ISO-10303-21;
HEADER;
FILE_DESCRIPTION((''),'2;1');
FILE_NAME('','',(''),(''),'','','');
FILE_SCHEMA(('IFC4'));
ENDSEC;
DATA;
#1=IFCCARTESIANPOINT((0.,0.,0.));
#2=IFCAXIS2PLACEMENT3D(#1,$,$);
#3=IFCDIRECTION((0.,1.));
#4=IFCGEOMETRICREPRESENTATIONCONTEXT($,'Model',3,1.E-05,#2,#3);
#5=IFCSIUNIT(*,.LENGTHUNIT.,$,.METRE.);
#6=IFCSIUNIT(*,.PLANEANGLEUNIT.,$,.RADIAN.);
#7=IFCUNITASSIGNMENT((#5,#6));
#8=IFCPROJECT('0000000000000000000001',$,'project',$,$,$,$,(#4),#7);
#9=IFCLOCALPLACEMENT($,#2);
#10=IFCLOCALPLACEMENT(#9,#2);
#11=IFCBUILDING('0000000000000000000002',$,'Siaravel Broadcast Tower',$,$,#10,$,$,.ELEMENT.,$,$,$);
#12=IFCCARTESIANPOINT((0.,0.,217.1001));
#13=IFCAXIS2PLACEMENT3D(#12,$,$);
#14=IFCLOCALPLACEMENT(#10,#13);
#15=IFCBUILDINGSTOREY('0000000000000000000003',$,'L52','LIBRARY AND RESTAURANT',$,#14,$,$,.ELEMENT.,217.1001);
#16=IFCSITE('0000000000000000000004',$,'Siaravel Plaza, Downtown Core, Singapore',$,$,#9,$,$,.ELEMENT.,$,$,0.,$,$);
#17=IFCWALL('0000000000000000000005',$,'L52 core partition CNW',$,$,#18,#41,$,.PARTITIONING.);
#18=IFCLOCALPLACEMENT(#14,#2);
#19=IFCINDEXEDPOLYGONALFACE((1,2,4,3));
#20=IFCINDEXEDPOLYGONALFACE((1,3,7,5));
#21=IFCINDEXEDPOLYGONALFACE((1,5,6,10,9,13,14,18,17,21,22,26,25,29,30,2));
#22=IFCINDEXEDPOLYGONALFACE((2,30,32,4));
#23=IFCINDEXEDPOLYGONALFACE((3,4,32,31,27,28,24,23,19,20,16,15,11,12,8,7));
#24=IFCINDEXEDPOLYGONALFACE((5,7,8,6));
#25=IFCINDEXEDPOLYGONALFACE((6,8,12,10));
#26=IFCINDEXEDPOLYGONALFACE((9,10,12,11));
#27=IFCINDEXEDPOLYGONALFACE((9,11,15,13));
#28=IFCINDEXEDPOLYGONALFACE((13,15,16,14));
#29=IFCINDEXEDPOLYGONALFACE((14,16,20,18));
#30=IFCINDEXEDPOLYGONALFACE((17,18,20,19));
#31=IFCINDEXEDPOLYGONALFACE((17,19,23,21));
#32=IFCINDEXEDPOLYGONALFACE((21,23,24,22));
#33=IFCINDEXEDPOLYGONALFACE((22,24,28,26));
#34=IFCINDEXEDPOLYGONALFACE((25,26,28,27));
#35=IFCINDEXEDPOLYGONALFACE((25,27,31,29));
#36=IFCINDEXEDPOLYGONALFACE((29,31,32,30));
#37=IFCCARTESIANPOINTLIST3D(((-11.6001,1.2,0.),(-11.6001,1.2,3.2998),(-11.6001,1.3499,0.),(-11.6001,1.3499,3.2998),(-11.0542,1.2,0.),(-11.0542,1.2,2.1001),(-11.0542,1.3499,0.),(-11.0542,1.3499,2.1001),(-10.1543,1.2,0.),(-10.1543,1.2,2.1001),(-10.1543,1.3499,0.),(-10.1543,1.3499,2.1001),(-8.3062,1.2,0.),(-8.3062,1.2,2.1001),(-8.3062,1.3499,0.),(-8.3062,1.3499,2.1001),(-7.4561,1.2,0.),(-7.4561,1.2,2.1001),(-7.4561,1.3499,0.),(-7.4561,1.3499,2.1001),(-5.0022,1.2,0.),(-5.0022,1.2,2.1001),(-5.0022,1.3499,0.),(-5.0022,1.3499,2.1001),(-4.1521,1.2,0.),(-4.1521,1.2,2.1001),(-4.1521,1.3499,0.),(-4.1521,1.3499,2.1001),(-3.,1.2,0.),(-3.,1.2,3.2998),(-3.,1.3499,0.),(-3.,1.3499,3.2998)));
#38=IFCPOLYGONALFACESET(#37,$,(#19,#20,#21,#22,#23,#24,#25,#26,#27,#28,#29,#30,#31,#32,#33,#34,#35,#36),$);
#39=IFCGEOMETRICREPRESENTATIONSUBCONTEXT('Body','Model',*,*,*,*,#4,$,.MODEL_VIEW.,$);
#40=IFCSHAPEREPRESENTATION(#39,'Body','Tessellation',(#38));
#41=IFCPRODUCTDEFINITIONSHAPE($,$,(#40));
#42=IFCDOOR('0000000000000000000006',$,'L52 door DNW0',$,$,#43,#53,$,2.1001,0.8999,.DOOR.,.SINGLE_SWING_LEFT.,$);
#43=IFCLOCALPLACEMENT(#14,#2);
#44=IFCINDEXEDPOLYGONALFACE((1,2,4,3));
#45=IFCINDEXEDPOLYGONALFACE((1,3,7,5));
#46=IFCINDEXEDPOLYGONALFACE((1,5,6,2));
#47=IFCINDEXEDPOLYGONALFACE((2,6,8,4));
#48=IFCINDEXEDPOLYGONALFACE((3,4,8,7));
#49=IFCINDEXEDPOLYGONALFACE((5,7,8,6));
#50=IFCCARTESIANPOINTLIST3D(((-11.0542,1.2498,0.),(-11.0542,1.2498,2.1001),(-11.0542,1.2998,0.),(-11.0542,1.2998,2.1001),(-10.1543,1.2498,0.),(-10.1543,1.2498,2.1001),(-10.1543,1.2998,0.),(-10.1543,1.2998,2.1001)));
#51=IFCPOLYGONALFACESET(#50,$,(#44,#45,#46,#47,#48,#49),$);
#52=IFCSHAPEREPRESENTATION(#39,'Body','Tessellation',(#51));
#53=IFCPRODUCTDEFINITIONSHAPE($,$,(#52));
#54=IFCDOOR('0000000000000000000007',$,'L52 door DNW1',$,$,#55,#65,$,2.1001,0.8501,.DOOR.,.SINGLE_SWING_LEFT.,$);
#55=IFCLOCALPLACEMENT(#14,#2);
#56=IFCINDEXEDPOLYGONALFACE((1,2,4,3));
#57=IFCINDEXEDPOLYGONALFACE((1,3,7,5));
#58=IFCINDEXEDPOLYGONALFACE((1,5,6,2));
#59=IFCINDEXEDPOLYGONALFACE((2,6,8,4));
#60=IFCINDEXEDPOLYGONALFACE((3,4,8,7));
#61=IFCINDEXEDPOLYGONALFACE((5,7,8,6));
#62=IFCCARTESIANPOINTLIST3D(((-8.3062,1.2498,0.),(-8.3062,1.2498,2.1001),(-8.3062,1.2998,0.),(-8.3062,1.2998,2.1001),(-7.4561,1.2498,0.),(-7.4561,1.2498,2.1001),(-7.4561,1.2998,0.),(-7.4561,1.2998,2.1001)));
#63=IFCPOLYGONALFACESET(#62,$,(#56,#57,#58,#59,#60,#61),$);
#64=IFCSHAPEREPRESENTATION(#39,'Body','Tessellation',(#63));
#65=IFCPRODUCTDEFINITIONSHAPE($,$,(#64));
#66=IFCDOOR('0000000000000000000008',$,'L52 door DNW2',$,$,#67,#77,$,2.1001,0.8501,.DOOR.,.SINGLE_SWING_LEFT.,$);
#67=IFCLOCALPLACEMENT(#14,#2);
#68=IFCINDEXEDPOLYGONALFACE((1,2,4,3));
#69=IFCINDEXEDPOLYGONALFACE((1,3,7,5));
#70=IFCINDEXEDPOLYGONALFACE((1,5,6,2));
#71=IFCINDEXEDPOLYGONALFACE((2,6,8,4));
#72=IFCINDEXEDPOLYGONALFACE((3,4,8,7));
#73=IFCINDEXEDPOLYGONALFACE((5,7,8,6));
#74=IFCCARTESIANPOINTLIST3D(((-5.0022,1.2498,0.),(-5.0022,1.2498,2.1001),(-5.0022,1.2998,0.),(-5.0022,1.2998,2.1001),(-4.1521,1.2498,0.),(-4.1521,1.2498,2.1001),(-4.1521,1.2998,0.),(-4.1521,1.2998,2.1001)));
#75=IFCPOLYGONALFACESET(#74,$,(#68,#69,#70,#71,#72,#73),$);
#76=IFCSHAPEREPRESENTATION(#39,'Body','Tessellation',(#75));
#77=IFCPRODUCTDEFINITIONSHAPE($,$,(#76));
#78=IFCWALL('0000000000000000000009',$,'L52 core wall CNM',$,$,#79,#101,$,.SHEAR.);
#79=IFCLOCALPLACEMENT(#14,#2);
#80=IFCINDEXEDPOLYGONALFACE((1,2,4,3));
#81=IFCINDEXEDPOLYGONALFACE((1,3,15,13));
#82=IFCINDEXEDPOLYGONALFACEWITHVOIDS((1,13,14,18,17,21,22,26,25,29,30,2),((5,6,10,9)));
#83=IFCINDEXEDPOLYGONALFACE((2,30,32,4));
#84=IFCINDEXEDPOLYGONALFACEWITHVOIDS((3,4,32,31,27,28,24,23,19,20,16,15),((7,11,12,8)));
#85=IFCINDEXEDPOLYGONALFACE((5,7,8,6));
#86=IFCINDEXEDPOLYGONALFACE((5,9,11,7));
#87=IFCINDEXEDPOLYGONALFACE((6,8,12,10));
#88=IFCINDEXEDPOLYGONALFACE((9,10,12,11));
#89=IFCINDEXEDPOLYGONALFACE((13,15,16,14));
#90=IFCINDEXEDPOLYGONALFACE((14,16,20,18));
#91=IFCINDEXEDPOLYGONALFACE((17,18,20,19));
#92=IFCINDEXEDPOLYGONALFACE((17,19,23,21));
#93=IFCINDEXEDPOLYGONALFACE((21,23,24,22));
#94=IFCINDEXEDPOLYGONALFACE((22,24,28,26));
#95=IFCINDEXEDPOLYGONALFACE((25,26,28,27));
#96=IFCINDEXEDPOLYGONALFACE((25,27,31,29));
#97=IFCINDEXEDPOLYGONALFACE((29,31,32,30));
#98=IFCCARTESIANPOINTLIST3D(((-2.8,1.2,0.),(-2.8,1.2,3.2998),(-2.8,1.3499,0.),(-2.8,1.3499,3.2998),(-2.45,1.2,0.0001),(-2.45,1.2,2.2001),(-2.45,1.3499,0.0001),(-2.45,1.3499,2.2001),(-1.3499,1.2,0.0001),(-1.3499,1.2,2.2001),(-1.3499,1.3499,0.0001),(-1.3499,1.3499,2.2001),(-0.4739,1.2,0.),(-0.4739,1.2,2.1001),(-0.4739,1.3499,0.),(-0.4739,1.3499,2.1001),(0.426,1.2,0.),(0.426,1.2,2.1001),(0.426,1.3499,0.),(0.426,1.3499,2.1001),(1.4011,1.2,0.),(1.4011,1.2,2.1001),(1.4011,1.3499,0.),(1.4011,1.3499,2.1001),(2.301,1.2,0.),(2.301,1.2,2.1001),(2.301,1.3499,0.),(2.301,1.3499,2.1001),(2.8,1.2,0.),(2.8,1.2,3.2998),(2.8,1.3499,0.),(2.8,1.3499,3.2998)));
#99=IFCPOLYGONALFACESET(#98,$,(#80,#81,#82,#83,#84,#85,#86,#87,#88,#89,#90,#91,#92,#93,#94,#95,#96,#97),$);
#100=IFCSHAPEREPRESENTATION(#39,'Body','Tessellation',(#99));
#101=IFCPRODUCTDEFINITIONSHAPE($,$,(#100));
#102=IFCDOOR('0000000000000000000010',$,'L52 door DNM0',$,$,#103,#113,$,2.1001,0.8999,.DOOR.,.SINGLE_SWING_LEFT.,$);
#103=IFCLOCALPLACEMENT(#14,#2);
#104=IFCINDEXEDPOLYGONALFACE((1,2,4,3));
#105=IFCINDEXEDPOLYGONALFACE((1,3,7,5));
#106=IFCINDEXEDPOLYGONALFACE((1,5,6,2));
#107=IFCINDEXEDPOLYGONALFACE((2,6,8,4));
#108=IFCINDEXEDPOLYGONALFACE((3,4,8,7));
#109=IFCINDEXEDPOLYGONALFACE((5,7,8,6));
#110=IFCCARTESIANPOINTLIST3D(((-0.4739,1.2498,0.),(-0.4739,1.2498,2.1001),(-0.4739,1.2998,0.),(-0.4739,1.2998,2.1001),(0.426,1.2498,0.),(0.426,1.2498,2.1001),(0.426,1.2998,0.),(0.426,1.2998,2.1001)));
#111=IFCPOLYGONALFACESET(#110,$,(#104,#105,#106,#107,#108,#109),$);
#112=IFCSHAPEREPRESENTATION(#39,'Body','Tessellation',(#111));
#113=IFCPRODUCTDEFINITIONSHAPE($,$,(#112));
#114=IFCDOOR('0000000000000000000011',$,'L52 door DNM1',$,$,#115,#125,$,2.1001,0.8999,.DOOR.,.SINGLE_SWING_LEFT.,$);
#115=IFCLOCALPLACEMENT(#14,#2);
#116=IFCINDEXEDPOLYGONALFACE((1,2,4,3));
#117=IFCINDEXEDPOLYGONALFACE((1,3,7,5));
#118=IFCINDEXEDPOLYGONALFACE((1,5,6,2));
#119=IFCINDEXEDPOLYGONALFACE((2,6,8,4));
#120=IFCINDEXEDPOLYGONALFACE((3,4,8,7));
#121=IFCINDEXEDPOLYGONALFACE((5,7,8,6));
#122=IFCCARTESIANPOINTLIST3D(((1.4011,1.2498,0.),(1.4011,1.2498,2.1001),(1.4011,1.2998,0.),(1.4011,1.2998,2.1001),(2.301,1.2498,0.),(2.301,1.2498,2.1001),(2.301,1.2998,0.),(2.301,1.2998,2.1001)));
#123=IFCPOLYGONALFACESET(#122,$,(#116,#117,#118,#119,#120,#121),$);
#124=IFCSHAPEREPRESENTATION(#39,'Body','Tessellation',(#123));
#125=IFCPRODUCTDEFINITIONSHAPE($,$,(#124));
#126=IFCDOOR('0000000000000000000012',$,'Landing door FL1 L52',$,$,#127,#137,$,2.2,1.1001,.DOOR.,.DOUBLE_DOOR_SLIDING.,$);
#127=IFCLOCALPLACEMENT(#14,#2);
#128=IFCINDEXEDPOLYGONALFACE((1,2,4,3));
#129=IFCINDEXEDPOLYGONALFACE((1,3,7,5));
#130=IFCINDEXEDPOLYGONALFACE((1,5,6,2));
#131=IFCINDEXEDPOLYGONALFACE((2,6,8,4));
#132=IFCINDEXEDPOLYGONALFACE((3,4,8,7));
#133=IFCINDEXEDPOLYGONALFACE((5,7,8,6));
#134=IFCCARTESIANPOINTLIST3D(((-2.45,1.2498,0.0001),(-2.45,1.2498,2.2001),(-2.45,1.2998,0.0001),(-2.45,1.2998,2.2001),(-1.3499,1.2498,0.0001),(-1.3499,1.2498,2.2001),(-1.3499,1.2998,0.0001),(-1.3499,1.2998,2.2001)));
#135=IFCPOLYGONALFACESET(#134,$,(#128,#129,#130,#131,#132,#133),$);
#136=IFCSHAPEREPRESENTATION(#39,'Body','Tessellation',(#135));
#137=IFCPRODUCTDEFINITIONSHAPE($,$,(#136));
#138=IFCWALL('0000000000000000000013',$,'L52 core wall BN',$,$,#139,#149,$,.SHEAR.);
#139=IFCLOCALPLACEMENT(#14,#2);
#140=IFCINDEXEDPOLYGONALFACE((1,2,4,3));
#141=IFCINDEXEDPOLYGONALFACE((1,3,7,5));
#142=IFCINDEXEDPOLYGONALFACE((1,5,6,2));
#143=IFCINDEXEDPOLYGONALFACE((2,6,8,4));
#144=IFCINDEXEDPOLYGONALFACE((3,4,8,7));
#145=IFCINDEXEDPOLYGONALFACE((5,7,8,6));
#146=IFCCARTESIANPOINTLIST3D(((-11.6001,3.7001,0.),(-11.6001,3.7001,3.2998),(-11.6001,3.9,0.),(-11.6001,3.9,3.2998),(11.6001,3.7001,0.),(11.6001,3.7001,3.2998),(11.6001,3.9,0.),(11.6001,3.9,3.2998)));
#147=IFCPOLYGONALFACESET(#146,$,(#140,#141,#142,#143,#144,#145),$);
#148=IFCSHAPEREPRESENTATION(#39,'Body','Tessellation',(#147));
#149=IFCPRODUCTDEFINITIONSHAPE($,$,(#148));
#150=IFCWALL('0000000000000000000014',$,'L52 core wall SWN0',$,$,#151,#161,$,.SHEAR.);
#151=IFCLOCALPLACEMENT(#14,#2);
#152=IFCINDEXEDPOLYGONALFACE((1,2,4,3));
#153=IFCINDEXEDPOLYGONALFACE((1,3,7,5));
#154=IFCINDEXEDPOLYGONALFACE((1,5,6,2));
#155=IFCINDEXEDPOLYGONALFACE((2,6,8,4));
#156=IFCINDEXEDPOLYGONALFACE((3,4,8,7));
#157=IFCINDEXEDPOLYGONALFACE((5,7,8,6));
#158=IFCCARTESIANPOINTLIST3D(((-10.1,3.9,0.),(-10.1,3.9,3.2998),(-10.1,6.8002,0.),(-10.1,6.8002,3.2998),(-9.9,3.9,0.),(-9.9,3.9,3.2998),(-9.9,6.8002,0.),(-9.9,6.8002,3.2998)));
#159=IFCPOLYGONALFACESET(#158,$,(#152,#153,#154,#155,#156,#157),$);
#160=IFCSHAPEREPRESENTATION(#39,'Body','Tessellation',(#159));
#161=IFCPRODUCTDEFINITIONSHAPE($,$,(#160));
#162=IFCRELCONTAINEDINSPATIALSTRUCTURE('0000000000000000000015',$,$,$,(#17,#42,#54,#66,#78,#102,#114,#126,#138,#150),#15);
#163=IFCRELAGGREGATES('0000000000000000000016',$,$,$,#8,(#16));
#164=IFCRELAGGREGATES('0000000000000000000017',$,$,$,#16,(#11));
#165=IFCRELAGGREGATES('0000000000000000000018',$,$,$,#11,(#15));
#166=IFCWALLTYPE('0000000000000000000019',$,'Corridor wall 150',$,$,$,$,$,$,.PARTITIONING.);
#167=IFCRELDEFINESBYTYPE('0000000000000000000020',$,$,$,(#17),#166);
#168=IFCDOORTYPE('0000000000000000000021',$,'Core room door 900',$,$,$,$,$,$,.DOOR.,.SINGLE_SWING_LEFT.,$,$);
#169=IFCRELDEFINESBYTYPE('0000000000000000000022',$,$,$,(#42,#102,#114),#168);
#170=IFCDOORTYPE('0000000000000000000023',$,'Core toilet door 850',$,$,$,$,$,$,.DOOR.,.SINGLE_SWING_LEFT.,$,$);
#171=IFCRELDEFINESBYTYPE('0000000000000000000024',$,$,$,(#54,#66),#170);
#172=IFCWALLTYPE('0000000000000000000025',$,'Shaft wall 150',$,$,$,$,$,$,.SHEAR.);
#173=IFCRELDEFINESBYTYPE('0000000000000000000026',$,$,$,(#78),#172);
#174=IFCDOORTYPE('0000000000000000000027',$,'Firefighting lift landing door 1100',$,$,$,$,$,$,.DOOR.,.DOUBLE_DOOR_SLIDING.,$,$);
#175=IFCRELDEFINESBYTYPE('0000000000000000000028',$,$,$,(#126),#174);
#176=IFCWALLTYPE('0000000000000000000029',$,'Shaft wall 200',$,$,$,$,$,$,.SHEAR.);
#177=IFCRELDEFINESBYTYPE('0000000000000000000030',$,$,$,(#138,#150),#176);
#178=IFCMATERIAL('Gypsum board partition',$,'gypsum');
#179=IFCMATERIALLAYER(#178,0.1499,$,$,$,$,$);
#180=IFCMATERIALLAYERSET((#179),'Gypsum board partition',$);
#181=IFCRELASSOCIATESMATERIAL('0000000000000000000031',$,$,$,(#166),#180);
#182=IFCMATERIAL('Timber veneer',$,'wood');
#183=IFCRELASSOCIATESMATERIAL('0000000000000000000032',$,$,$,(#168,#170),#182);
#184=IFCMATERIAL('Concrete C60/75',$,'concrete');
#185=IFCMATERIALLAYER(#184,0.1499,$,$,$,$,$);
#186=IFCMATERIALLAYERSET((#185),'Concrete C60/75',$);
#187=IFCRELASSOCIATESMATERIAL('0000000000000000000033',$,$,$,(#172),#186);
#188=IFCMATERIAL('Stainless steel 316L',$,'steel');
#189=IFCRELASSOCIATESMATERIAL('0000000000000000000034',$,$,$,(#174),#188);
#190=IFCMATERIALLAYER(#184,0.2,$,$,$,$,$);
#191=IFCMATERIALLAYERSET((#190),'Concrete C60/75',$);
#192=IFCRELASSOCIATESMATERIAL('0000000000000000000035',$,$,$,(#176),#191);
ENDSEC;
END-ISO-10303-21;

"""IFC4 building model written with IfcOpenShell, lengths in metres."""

from ifc_helpers import new_model, si_unit, direction, frame, frame_2d, origin, place, context, subcontext, project, spatial, rectangle, extrude, material, layer, layer_set, type_object, element, fill, save


model = new_model("IFC4")

# Units and contexts
model_context = context("Model", 3, precision=1e-05, world=origin(), true_north=direction((0.0, 1.0)))
body_context = subcontext(model_context, "Body", "Model", "MODEL_VIEW")
ifc_project = project(units=[si_unit("LENGTHUNIT", "METRE"), si_unit("PLANEANGLEUNIT", "RADIAN")], contexts=[model_context])

# Site, building, storey
site_placement = place(None, origin())
site = spatial("IfcSite", under=ifc_project, at=site_placement, Name="Siaravel Plaza, Downtown Core, Singapore", CompositionType="ELEMENT", RefElevation=0.0)
building_placement = place(site_placement, origin())
building = spatial("IfcBuilding", under=site, at=building_placement, Name="Siaravel Broadcast Tower", CompositionType="ELEMENT")
storey_placement = place(building_placement, frame((0.0, 0.0, 217.1001)))
storey = spatial("IfcBuildingStorey", under=building, at=storey_placement, Name="L52", Description="LIBRARY AND RESTAURANT", CompositionType="ELEMENT", Elevation=217.1001)

# Walls, openings, doors
ifc_material_1 = material(Name="Gypsum board partition", Category="gypsum")
ifc_layer_1 = layer(ifc_material_1, 0.1499)
ifc_layer_set_1 = layer_set([ifc_layer_1], Name="Gypsum board partition")
wall_type_1 = type_object("IfcWallType", Name="Corridor wall 150", PredefinedType="PARTITIONING", material=ifc_layer_set_1)
wall_1_placement = place(storey_placement, frame((-11.6001, 1.2749, 0.0), z_axis=(0.0, 0.0, 1.0), x_axis=(1.0, 0.0, 0.0)))
wall_1 = element("IfcWall", 1, at=wall_1_placement, inside=storey, type_object=wall_type_1, Name="L52 core partition CNW", PredefinedType="PARTITIONING", context=body_context, shape_type="SweptSolid", body=[
    extrude(rectangle(XDim=8.6001, YDim=0.1499, at=frame_2d((4.3, 0.0))), origin(), (0.0, 0.0, 1.0), 3.2998),
])
opening_1_placement = place(wall_1_placement, frame((0.5459, 0.0, 0.0)))
opening_1 = element("IfcOpeningElement", 2, at=opening_1_placement, cuts=wall_1, PredefinedType="OPENING", context=body_context, shape_type="SweptSolid", body=[
    extrude(rectangle(XDim=0.8999, YDim=2.1001, at=frame_2d((0.45, 1.05))), frame((0.0, 0.085, 0.0), z_axis=(0.0, -1.0, 0.0), x_axis=(1.0, 0.0, 0.0)), (0.0, 0.0, 1.0), 0.1699),
])
opening_2_placement = place(wall_1_placement, frame((3.2939, 0.0, 0.0)))
opening_2 = element("IfcOpeningElement", 3, at=opening_2_placement, cuts=wall_1, PredefinedType="OPENING", context=body_context, shape_type="SweptSolid", body=[
    extrude(rectangle(XDim=0.8501, YDim=2.1001, at=frame_2d((0.425, 1.05))), frame((0.0, 0.085, 0.0), z_axis=(0.0, -1.0, 0.0), x_axis=(1.0, 0.0, 0.0)), (0.0, 0.0, 1.0), 0.1699),
])
opening_3_placement = place(wall_1_placement, frame((6.5979, 0.0, 0.0)))
opening_3 = element("IfcOpeningElement", 4, at=opening_3_placement, cuts=wall_1, PredefinedType="OPENING", context=body_context, shape_type="SweptSolid", body=[
    extrude(rectangle(XDim=0.8501, YDim=2.1001, at=frame_2d((0.425, 1.05))), frame((0.0, 0.085, 0.0), z_axis=(0.0, -1.0, 0.0), x_axis=(1.0, 0.0, 0.0)), (0.0, 0.0, 1.0), 0.1699),
])
ifc_material_2 = material(Name="Timber veneer", Category="wood")
door_type_1 = type_object("IfcDoorType", Name="Core room door 900", OperationType="SINGLE_SWING_LEFT", PredefinedType="DOOR", material=ifc_material_2)
door_1_placement = place(opening_1_placement, origin())
door_1 = element("IfcDoor", 5, at=door_1_placement, inside=storey, type_object=door_type_1, Name="L52 door DNW0", OperationType="SINGLE_SWING_LEFT", OverallHeight=2.1001, OverallWidth=0.8999, PredefinedType="DOOR", context=body_context, shape_type="SweptSolid", body=[
    extrude(rectangle(XDim=0.8999, YDim=2.1001, at=frame_2d((0.45, 1.05))), frame((0.0, 0.0249, 0.0), z_axis=(0.0, -1.0, 0.0), x_axis=(1.0, 0.0, 0.0)), (0.0, 0.0, 1.0), 0.05),
])
fill(opening_1, door_1)
door_type_2 = type_object("IfcDoorType", Name="Core toilet door 850", OperationType="SINGLE_SWING_LEFT", PredefinedType="DOOR", material=ifc_material_2)
door_2_placement = place(opening_2_placement, origin())
door_2 = element("IfcDoor", 6, at=door_2_placement, inside=storey, type_object=door_type_2, Name="L52 door DNW1", OperationType="SINGLE_SWING_LEFT", OverallHeight=2.1001, OverallWidth=0.8501, PredefinedType="DOOR", context=body_context, shape_type="SweptSolid", body=[
    extrude(rectangle(XDim=0.8501, YDim=2.1001, at=frame_2d((0.425, 1.05))), frame((0.0, 0.0249, 0.0), z_axis=(0.0, -1.0, 0.0), x_axis=(1.0, 0.0, 0.0)), (0.0, 0.0, 1.0), 0.05),
])
fill(opening_2, door_2)
door_3_placement = place(opening_3_placement, origin())
door_3 = element("IfcDoor", 7, at=door_3_placement, inside=storey, type_object=door_type_2, Name="L52 door DNW2", OperationType="SINGLE_SWING_LEFT", OverallHeight=2.1001, OverallWidth=0.8501, PredefinedType="DOOR", context=body_context, shape_type="SweptSolid", body=[
    extrude(rectangle(XDim=0.8501, YDim=2.1001, at=frame_2d((0.425, 1.05))), frame((0.0, 0.0249, 0.0), z_axis=(0.0, -1.0, 0.0), x_axis=(1.0, 0.0, 0.0)), (0.0, 0.0, 1.0), 0.05),
])
fill(opening_3, door_3)
ifc_material_3 = material(Name="Concrete C60/75", Category="concrete")
ifc_layer_2 = layer(ifc_material_3, 0.1499)
ifc_layer_set_2 = layer_set([ifc_layer_2], Name="Concrete C60/75")
wall_type_2 = type_object("IfcWallType", Name="Shaft wall 150", PredefinedType="SHEAR", material=ifc_layer_set_2)
wall_2_placement = place(storey_placement, frame((-2.8, 1.2749, 0.0), z_axis=(0.0, 0.0, 1.0), x_axis=(1.0, 0.0, 0.0)))
wall_2 = element("IfcWall", 8, at=wall_2_placement, inside=storey, type_object=wall_type_2, Name="L52 core wall CNM", PredefinedType="SHEAR", context=body_context, shape_type="SweptSolid", body=[
    extrude(rectangle(XDim=5.6001, YDim=0.1499, at=frame_2d((2.8, 0.0))), origin(), (0.0, 0.0, 1.0), 3.2998),
])
opening_4_placement = place(wall_2_placement, frame((0.3501, 0.0, 0.0)))
opening_4 = element("IfcOpeningElement", 9, at=opening_4_placement, cuts=wall_2, PredefinedType="OPENING", context=body_context, shape_type="SweptSolid", body=[
    extrude(rectangle(XDim=1.1001, YDim=2.2, at=frame_2d((0.55, 1.1001))), frame((0.0, 0.085, 0.0), z_axis=(0.0, -1.0, 0.0), x_axis=(1.0, 0.0, 0.0)), (0.0, 0.0, 1.0), 0.1699),
])
opening_5_placement = place(wall_2_placement, frame((2.3262, 0.0, 0.0)))
opening_5 = element("IfcOpeningElement", 10, at=opening_5_placement, cuts=wall_2, PredefinedType="OPENING", context=body_context, shape_type="SweptSolid", body=[
    extrude(rectangle(XDim=0.8999, YDim=2.1001, at=frame_2d((0.45, 1.05))), frame((0.0, 0.085, 0.0), z_axis=(0.0, -1.0, 0.0), x_axis=(1.0, 0.0, 0.0)), (0.0, 0.0, 1.0), 0.1699),
])
opening_6_placement = place(wall_2_placement, frame((4.2012, 0.0, 0.0)))
opening_6 = element("IfcOpeningElement", 11, at=opening_6_placement, cuts=wall_2, PredefinedType="OPENING", context=body_context, shape_type="SweptSolid", body=[
    extrude(rectangle(XDim=0.8999, YDim=2.1001, at=frame_2d((0.45, 1.05))), frame((0.0, 0.085, 0.0), z_axis=(0.0, -1.0, 0.0), x_axis=(1.0, 0.0, 0.0)), (0.0, 0.0, 1.0), 0.1699),
])
door_4_placement = place(opening_5_placement, origin())
door_4 = element("IfcDoor", 12, at=door_4_placement, inside=storey, type_object=door_type_1, Name="L52 door DNM0", OperationType="SINGLE_SWING_LEFT", OverallHeight=2.1001, OverallWidth=0.8999, PredefinedType="DOOR", context=body_context, shape_type="SweptSolid", body=[
    extrude(rectangle(XDim=0.8999, YDim=2.1001, at=frame_2d((0.45, 1.05))), frame((0.0, 0.0249, 0.0), z_axis=(0.0, -1.0, 0.0), x_axis=(1.0, 0.0, 0.0)), (0.0, 0.0, 1.0), 0.05),
])
fill(opening_5, door_4)
door_5_placement = place(opening_6_placement, origin())
door_5 = element("IfcDoor", 13, at=door_5_placement, inside=storey, type_object=door_type_1, Name="L52 door DNM1", OperationType="SINGLE_SWING_LEFT", OverallHeight=2.1001, OverallWidth=0.8999, PredefinedType="DOOR", context=body_context, shape_type="SweptSolid", body=[
    extrude(rectangle(XDim=0.8999, YDim=2.1001, at=frame_2d((0.45, 1.05))), frame((0.0, 0.0249, 0.0), z_axis=(0.0, -1.0, 0.0), x_axis=(1.0, 0.0, 0.0)), (0.0, 0.0, 1.0), 0.05),
])
fill(opening_6, door_5)
ifc_material_4 = material(Name="Stainless steel 316L", Category="steel")
door_type_3 = type_object("IfcDoorType", Name="Firefighting lift landing door 1100", OperationType="DOUBLE_DOOR_SLIDING", PredefinedType="DOOR", material=ifc_material_4)
door_6_placement = place(opening_4_placement, origin())
door_6 = element("IfcDoor", 14, at=door_6_placement, inside=storey, type_object=door_type_3, Name="Landing door FL1 L52", OperationType="DOUBLE_DOOR_SLIDING", OverallHeight=2.2, OverallWidth=1.1001, PredefinedType="DOOR", context=body_context, shape_type="SweptSolid", body=[
    extrude(rectangle(XDim=1.1001, YDim=2.2, at=frame_2d((0.55, 1.1001))), frame((0.0, 0.0249, 0.0), z_axis=(0.0, -1.0, 0.0), x_axis=(1.0, 0.0, 0.0)), (0.0, 0.0, 1.0), 0.05),
])
fill(opening_4, door_6)

# Walls
ifc_layer_3 = layer(ifc_material_3, 0.2)
ifc_layer_set_3 = layer_set([ifc_layer_3], Name="Concrete C60/75")
wall_type_3 = type_object("IfcWallType", Name="Shaft wall 200", PredefinedType="SHEAR", material=ifc_layer_set_3)
wall_3_placement = place(storey_placement, frame((-11.6001, 3.8, 0.0), z_axis=(0.0, 0.0, 1.0), x_axis=(1.0, 0.0, 0.0)))
element("IfcWall", 15, at=wall_3_placement, inside=storey, type_object=wall_type_3, Name="L52 core wall BN", PredefinedType="SHEAR", context=body_context, shape_type="SweptSolid", body=[
    extrude(rectangle(XDim=23.2002, YDim=0.2, at=frame_2d((11.6001, 0.0))), origin(), (0.0, 0.0, 1.0), 3.2998),
])
for number, where, z_axis, x_axis, name in (
    (16, (-10.0, 3.8999, 0.0), (0.0, 0.0, 1.0), (0.0, 1.0, 0.0), "L52 core wall SWN0"),
):
    element("IfcWall", number, at=place(storey_placement, frame(where, z_axis=z_axis, x_axis=x_axis)), inside=storey, type_object=wall_type_3, Name=name, PredefinedType="SHEAR", context=body_context, shape_type="SweptSolid", body=[
        extrude(rectangle(XDim=2.9001, YDim=0.2, at=frame_2d((1.4502, 0.0))), origin(), (0.0, 0.0, 1.0), 3.2998),
    ])

save(model, "model.ifc")
